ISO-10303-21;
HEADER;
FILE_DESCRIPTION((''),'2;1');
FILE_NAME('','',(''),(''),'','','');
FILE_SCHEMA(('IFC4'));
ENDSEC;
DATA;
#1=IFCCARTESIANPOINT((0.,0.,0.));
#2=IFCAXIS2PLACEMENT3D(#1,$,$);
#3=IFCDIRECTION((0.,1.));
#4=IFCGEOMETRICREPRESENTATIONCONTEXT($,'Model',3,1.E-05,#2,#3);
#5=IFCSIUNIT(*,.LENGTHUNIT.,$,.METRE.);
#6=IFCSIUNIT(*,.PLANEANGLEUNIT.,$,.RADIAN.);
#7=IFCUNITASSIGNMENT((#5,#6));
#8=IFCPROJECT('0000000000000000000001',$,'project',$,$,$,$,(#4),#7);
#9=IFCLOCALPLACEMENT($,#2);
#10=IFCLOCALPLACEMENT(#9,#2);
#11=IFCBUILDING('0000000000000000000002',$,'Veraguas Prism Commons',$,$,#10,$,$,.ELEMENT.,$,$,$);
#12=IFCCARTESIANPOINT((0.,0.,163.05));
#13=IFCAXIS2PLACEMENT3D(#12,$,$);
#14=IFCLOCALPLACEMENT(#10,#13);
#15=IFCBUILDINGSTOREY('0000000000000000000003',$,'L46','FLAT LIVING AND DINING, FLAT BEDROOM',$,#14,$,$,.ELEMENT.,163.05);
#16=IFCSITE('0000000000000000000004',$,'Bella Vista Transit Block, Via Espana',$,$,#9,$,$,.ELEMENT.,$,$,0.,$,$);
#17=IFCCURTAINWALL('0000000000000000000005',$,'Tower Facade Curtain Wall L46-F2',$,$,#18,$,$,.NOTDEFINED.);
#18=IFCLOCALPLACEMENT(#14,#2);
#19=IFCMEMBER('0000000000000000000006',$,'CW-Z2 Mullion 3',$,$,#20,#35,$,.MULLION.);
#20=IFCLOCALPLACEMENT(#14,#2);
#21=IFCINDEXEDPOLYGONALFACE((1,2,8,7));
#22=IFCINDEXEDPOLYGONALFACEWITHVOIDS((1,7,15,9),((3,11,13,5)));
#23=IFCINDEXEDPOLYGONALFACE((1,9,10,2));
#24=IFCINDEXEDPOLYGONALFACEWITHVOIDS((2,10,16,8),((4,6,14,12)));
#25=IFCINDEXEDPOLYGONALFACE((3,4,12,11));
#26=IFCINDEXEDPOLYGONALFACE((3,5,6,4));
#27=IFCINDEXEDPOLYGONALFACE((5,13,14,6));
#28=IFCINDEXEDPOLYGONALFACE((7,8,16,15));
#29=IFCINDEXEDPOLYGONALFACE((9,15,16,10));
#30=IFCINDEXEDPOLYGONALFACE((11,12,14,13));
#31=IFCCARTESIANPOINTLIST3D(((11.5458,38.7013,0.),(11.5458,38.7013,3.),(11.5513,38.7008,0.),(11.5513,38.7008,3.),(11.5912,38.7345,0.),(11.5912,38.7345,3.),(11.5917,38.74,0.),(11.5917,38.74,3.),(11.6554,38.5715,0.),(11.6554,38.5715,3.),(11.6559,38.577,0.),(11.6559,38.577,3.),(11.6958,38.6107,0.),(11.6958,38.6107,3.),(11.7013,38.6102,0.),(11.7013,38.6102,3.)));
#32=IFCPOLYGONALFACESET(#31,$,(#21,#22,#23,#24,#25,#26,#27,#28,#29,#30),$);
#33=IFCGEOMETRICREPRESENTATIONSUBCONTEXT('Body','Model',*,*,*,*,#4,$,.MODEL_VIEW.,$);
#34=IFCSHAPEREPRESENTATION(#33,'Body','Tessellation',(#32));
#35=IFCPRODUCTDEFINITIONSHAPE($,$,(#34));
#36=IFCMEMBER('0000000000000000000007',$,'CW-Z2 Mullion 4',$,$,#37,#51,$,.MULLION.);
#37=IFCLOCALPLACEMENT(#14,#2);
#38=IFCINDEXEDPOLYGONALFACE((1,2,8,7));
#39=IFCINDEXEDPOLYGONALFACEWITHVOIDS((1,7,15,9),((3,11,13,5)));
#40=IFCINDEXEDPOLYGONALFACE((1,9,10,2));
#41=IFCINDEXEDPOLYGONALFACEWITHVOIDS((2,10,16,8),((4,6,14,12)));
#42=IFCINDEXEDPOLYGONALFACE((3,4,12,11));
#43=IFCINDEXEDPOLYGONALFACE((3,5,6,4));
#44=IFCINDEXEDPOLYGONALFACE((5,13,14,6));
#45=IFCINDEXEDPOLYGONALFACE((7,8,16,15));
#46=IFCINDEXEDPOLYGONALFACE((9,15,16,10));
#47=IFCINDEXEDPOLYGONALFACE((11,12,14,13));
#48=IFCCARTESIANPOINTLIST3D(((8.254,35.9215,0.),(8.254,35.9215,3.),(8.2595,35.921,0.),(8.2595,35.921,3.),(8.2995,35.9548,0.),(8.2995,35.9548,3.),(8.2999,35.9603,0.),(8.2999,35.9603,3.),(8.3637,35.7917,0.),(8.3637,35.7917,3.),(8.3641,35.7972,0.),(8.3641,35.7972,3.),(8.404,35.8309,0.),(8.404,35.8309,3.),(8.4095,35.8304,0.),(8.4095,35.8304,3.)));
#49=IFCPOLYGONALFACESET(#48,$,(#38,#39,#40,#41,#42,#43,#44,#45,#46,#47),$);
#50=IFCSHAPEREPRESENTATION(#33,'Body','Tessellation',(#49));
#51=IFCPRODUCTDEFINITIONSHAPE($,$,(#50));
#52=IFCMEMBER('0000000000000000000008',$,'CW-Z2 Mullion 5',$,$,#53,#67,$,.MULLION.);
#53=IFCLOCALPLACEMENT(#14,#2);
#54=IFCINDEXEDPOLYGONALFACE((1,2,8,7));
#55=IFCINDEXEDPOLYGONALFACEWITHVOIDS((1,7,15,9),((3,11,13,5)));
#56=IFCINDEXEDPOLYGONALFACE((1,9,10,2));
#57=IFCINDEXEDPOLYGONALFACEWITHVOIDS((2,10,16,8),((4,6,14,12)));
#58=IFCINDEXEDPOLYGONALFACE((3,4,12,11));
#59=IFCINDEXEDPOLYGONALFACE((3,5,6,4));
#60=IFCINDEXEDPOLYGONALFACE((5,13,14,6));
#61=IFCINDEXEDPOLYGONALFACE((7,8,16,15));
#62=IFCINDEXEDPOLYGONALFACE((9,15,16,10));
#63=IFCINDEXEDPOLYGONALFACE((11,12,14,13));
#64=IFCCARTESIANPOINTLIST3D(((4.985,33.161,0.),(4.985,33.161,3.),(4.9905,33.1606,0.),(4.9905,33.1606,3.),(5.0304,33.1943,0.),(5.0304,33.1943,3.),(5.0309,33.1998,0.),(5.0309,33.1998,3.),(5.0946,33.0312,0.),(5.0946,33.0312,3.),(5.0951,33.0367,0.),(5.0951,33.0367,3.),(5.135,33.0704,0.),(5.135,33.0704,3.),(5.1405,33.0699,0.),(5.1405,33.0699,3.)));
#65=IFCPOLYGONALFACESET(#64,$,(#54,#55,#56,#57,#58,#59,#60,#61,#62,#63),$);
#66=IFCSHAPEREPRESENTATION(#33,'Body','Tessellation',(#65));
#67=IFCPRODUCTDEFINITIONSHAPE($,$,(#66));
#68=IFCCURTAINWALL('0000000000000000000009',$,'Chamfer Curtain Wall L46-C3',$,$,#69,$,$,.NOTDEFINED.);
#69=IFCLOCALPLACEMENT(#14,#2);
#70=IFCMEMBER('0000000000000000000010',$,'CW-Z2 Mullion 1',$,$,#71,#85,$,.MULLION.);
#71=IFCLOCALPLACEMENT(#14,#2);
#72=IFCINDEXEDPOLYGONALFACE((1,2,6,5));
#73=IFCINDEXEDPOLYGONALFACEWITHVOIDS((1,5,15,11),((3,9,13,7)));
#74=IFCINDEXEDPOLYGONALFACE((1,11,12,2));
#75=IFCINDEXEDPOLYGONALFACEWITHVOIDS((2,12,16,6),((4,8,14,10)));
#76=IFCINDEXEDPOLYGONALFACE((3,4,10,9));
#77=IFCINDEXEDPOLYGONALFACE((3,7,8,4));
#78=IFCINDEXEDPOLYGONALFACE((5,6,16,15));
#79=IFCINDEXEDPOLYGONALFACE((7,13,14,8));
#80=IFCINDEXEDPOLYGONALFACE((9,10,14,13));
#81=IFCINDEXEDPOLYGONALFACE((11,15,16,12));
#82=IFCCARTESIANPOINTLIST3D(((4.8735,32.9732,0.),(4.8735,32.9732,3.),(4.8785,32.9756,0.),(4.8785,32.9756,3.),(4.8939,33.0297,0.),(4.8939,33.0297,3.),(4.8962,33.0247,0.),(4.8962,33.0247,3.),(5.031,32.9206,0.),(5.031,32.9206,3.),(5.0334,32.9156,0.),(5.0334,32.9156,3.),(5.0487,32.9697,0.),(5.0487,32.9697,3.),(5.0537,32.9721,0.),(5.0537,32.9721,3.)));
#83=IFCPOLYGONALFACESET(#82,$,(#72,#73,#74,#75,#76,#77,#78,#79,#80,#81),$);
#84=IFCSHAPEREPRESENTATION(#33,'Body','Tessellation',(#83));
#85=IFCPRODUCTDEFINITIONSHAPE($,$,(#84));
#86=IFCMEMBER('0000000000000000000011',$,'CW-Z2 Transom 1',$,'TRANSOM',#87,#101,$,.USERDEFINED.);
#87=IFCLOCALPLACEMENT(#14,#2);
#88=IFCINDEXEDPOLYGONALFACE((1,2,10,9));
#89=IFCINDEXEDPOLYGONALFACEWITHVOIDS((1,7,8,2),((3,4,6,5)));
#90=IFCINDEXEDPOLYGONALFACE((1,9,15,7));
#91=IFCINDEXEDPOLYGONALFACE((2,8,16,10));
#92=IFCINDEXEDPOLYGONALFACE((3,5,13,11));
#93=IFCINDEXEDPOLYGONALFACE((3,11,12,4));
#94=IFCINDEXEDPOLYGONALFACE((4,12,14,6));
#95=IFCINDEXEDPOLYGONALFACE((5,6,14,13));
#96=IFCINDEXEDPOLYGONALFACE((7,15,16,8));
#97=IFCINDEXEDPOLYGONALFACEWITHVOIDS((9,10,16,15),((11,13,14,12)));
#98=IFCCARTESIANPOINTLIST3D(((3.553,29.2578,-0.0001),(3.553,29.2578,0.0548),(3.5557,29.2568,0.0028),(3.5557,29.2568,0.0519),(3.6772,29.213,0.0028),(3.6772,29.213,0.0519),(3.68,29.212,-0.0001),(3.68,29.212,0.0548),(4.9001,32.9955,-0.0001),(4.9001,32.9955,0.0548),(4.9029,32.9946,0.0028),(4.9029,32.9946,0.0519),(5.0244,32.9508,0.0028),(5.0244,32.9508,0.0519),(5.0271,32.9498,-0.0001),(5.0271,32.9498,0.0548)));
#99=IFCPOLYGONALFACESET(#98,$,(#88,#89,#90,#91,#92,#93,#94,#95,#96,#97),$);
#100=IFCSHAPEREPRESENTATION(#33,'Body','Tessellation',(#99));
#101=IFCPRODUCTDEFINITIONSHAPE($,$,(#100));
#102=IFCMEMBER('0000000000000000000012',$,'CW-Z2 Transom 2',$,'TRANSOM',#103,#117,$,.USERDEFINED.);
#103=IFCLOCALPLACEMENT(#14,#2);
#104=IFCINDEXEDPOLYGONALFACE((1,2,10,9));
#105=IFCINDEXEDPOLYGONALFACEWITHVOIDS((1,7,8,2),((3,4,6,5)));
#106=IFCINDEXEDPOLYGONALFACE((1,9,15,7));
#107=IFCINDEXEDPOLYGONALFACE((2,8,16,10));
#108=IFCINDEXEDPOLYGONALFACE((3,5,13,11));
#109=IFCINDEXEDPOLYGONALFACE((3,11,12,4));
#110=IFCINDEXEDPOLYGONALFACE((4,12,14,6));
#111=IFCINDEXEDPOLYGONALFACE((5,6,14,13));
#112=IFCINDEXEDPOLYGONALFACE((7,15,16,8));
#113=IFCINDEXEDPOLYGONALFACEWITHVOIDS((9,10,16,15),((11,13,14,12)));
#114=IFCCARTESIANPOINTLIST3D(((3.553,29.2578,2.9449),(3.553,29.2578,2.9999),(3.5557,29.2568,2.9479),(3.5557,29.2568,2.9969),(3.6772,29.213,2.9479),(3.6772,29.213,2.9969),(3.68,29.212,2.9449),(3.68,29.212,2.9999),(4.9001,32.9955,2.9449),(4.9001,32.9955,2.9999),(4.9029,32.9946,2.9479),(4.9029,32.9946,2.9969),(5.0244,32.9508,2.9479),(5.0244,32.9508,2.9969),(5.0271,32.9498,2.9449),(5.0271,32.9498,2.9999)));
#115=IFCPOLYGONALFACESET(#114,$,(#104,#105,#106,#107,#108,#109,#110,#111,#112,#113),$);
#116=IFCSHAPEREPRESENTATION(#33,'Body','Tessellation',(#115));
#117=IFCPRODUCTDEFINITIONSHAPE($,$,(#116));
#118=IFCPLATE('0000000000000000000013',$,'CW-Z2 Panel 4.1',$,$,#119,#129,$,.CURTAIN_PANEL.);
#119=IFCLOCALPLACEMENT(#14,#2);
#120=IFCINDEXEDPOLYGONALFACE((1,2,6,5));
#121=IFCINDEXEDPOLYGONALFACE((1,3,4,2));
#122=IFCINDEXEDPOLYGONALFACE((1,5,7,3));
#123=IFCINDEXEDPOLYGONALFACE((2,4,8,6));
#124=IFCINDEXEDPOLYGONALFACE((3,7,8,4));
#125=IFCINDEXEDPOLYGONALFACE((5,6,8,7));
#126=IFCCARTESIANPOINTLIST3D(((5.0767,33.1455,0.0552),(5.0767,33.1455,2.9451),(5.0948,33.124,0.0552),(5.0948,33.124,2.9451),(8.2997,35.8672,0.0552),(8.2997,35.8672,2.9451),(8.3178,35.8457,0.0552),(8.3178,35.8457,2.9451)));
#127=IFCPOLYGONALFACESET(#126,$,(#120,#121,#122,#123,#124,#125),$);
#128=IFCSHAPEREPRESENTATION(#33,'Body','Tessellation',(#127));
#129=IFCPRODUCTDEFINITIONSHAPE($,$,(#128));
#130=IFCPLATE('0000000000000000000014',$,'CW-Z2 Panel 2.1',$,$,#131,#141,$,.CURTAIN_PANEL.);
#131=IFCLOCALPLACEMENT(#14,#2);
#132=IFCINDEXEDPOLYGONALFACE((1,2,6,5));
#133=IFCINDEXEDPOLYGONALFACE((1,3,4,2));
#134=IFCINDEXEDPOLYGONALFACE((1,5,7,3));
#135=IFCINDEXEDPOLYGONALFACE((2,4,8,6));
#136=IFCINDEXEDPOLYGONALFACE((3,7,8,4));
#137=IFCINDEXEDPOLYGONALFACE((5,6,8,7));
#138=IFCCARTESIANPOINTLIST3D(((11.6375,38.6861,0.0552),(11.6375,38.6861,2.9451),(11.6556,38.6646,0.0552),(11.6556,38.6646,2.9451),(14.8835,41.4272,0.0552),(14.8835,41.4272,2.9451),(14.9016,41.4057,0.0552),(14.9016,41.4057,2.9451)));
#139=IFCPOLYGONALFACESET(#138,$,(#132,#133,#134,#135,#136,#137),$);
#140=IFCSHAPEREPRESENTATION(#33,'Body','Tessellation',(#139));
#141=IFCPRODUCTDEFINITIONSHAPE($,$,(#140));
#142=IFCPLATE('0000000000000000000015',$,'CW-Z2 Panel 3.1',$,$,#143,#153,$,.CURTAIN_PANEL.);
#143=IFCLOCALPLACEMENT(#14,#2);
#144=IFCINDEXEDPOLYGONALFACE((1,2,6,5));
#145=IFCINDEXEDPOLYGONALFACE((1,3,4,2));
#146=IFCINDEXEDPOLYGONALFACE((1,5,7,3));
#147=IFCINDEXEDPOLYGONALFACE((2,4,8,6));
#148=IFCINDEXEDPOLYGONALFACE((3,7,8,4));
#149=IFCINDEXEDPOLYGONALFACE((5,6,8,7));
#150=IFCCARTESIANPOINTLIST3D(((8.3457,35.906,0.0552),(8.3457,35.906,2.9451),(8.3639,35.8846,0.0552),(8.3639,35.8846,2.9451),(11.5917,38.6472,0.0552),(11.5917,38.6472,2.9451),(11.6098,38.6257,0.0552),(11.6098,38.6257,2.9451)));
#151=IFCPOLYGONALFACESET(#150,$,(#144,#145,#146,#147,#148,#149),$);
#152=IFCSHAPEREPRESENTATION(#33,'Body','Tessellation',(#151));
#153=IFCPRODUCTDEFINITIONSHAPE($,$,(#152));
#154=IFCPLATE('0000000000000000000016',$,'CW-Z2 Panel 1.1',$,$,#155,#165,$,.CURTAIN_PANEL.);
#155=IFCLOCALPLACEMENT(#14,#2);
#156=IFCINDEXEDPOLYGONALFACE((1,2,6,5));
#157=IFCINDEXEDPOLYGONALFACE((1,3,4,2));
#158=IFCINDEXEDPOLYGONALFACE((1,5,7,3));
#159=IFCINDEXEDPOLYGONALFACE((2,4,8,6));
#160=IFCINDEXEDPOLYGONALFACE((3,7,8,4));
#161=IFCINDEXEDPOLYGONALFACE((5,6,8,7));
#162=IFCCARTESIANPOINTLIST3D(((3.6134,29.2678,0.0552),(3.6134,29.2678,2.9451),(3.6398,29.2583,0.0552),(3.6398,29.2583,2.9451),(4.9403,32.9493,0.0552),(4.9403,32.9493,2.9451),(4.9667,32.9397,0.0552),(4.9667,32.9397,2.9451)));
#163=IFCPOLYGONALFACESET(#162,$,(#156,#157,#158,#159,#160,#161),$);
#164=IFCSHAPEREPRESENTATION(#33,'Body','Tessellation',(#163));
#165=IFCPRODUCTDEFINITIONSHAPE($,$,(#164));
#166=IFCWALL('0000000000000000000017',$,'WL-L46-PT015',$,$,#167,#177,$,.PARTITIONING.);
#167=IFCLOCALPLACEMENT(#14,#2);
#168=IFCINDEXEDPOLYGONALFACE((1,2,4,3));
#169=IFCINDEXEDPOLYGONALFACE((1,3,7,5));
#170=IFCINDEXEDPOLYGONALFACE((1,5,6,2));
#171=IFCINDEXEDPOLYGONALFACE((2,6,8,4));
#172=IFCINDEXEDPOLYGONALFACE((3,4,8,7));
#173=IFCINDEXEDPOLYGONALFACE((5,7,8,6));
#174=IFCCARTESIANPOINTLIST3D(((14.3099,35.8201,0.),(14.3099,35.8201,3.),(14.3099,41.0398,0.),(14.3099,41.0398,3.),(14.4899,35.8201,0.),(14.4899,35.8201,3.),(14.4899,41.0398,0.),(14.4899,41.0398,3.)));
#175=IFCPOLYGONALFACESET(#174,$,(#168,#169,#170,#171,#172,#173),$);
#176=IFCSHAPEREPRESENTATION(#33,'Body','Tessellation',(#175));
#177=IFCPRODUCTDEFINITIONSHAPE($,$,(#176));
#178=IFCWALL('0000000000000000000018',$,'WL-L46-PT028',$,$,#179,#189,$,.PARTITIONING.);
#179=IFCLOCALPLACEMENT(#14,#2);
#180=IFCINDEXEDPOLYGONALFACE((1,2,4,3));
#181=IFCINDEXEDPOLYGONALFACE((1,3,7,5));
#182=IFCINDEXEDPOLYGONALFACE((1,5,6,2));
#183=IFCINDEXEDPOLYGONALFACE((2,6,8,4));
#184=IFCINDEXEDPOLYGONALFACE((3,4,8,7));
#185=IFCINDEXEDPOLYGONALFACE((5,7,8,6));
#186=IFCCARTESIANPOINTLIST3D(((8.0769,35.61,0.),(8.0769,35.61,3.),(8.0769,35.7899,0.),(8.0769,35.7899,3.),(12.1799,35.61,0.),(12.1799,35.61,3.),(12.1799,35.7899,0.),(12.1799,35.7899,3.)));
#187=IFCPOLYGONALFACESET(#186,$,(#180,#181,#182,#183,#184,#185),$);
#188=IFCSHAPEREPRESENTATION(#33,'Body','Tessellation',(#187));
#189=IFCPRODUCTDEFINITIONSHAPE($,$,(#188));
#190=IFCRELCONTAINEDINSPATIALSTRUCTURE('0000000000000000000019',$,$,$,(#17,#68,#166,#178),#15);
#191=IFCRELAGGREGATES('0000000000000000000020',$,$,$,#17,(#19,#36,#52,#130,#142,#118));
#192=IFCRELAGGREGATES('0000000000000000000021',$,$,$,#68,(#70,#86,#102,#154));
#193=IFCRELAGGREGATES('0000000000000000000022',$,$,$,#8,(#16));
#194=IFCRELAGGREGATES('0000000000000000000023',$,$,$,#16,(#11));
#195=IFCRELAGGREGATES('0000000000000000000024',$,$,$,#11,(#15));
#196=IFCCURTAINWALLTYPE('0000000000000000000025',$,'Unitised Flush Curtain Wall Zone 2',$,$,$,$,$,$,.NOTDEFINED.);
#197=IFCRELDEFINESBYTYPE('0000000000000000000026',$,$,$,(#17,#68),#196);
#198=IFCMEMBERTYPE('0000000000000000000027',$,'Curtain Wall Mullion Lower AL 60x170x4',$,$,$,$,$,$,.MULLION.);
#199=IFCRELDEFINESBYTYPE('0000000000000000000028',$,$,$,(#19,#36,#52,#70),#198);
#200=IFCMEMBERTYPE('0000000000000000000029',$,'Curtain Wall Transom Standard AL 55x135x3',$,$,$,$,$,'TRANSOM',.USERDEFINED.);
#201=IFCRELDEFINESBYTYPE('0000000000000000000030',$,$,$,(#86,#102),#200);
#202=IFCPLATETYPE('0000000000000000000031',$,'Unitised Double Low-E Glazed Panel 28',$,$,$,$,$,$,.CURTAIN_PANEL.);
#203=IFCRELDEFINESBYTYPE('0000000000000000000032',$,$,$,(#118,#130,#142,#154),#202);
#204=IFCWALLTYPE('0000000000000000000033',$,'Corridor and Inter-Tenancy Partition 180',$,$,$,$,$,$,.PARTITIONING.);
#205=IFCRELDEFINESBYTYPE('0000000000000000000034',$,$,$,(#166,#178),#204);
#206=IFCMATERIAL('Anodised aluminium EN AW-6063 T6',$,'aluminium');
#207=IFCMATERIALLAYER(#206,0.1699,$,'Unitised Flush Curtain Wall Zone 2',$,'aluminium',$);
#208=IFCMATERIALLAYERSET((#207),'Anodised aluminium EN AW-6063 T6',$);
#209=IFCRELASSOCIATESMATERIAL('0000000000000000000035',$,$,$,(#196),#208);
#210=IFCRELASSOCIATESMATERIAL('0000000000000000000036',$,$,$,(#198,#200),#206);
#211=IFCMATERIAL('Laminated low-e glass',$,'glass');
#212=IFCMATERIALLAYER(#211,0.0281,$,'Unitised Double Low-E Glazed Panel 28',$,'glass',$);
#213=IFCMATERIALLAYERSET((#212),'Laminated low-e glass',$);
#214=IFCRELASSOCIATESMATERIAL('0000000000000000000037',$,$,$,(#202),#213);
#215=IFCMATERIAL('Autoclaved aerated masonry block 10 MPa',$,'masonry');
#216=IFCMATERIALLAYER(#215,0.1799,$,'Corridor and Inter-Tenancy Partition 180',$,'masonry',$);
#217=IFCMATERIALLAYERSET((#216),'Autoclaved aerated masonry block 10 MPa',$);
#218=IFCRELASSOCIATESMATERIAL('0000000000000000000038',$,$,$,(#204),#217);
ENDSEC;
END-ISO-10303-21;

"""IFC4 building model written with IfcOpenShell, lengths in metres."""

from ifc_helpers import new_model, si_unit, direction, frame, frame_2d, origin, origin_2d, place, context, subcontext, project, spatial, rectangle, hollow_rectangle, extrude, source, transform, mapped, material, layer, layer_set, material_profile, profile_set, type_object, element, aggregate, save


model = new_model("IFC4")

# Units and contexts
model_context = context("Model", 3, precision=1e-05, world=origin(), true_north=direction((0.0, 1.0)))
body_context = subcontext(model_context, "Body", "Model", "MODEL_VIEW")
ifc_project = project(units=[si_unit("LENGTHUNIT", "METRE"), si_unit("PLANEANGLEUNIT", "RADIAN")], contexts=[model_context])

# Site, building, storey
site_placement = place(None, origin())
site = spatial("IfcSite", under=ifc_project, at=site_placement, Name="Bella Vista Transit Block, Via Espana", CompositionType="ELEMENT", RefElevation=0.0)
building_placement = place(site_placement, origin())
building = spatial("IfcBuilding", under=site, at=building_placement, Name="Veraguas Prism Commons", CompositionType="ELEMENT")
storey_placement = place(building_placement, frame((0.0, 0.0, 163.05)))
storey = spatial("IfcBuildingStorey", under=building, at=storey_placement, Name="L46", Description="FLAT LIVING AND DINING, FLAT BEDROOM", CompositionType="ELEMENT", Elevation=163.05)

# Curtain walls, members
ifc_material_1 = material(Name="Anodised aluminium EN AW-6063 T6", Category="aluminium")
ifc_layer_1 = layer(ifc_material_1, 0.1699, Name="Unitised Flush Curtain Wall Zone 2", Category="aluminium")
ifc_layer_set_1 = layer_set([ifc_layer_1], Name="Anodised aluminium EN AW-6063 T6")
curtain_wall_type = type_object("IfcCurtainWallType", Name="Unitised Flush Curtain Wall Zone 2", PredefinedType="NOTDEFINED", material=ifc_layer_set_1)
curtain_wall_1_placement = place(storey_placement, origin())
curtain_wall_1 = element("IfcCurtainWall", 1, at=curtain_wall_1_placement, inside=storey, type_object=curtain_wall_type, Name="Tower Facade Curtain Wall L46-F2", PredefinedType="NOTDEFINED")
ifc_material_profile_1 = material_profile(ifc_material_1, hollow_rectangle(XDim=0.0601, YDim=0.1699, WallThickness=0.0039, at=origin_2d()), Name="AL60X170X4")
ifc_profile_set_1 = profile_set([ifc_material_profile_1], Name="Anodised aluminium EN AW-6063 T6")
member_type_1 = type_object("IfcMemberType", Name="Curtain Wall Mullion Lower AL 60x170x4", PredefinedType="MULLION", material=ifc_profile_set_1)
shared_shape_1 = source(origin(), body_context, "Body", "SweptSolid", [
    extrude(hollow_rectangle(XDim=0.0601, YDim=0.1699, WallThickness=0.0039, at=origin_2d()), origin(), (0.0, 0.0, 1.0), 3.0),
])
member_1_placement = place(storey_placement, frame((11.6235, 38.6558, 0.0), z_axis=(0.0, 0.0, 1.0), x_axis=(-0.764022, -0.64519, 0.0)))
member_1 = element("IfcMember", 2, at=member_1_placement, type_object=member_type_1, Name="CW-Z2 Mullion 3", PredefinedType="MULLION", context=body_context, shape_type="MappedRepresentation", body=[
    mapped(shared_shape_1, transform((0.0, 0.0, 0.0), scale=1.0)),
])
member_2_placement = place(storey_placement, frame((8.3318, 35.876, 0.0), z_axis=(0.0, 0.0, 1.0), x_axis=(-0.764022, -0.64519, 0.0)))
member_2 = element("IfcMember", 3, at=member_2_placement, type_object=member_type_1, Name="CW-Z2 Mullion 4", PredefinedType="MULLION", context=body_context, shape_type="MappedRepresentation", body=[
    mapped(shared_shape_1, transform((0.0, 0.0, 0.0), scale=1.0)),
])
member_3_placement = place(storey_placement, frame((5.0627, 33.1155, 0.0), z_axis=(0.0, 0.0, 1.0), x_axis=(-0.764022, -0.64519, 0.0)))
member_3 = element("IfcMember", 4, at=member_3_placement, type_object=member_type_1, Name="CW-Z2 Mullion 5", PredefinedType="MULLION", context=body_context, shape_type="MappedRepresentation", body=[
    mapped(shared_shape_1, transform((0.0, 0.0, 0.0), scale=1.0)),
])
curtain_wall_2_placement = place(storey_placement, origin())
curtain_wall_2 = element("IfcCurtainWall", 5, at=curtain_wall_2_placement, inside=storey, type_object=curtain_wall_type, Name="Chamfer Curtain Wall L46-C3", PredefinedType="NOTDEFINED")
member_4_placement = place(storey_placement, frame((4.9636, 32.9727, 0.0), z_axis=(0.0, 0.0, 1.0), x_axis=(-0.339083, -0.940757, 0.0)))
member_4 = element("IfcMember", 6, at=member_4_placement, type_object=member_type_1, Name="CW-Z2 Mullion 1", PredefinedType="MULLION", context=body_context, shape_type="MappedRepresentation", body=[
    mapped(shared_shape_1, transform((0.0, 0.0, 0.0), scale=1.0)),
])
ifc_material_profile_2 = material_profile(ifc_material_1, hollow_rectangle(XDim=0.0549, YDim=0.135, WallThickness=0.0029, at=origin_2d()), Name="AL55X135X3")
ifc_profile_set_2 = profile_set([ifc_material_profile_2], Name="Anodised aluminium EN AW-6063 T6")
member_type_2 = type_object("IfcMemberType", Name="Curtain Wall Transom Standard AL 55x135x3", ElementType="TRANSOM", PredefinedType="USERDEFINED", material=ifc_profile_set_2)
shared_shape_2 = source(origin(), body_context, "Body", "SweptSolid", [
    extrude(hollow_rectangle(XDim=0.0549, YDim=0.135, WallThickness=0.0029, at=origin_2d()), origin(), (0.0, 0.0, 1.0), 3.9731),
])
member_5_placement = place(storey_placement, frame((4.9636, 32.9727, 0.0273), z_axis=(-0.339068, -0.940762, 0.0), x_axis=(0.0, 0.0, 1.0)))
member_5 = element("IfcMember", 7, at=member_5_placement, type_object=member_type_2, Name="CW-Z2 Transom 1", ObjectType="TRANSOM", PredefinedType="USERDEFINED", context=body_context, shape_type="MappedRepresentation", body=[
    mapped(shared_shape_2, transform((0.0, 0.0, 0.0), scale=1.0)),
])
member_6_placement = place(storey_placement, frame((4.9636, 32.9727, 2.9724), z_axis=(-0.339068, -0.940762, 0.0), x_axis=(0.0, 0.0, 1.0)))
member_6 = element("IfcMember", 8, at=member_6_placement, type_object=member_type_2, Name="CW-Z2 Transom 2", ObjectType="TRANSOM", PredefinedType="USERDEFINED", context=body_context, shape_type="MappedRepresentation", body=[
    mapped(shared_shape_2, transform((0.0, 0.0, 0.0), scale=1.0)),
])

# Plates
ifc_material_2 = material(Name="Laminated low-e glass", Category="glass")
ifc_layer_2 = layer(ifc_material_2, 0.0281, Name="Unitised Double Low-E Glazed Panel 28", Category="glass")
ifc_layer_set_2 = layer_set([ifc_layer_2], Name="Laminated low-e glass")
plate_type = type_object("IfcPlateType", Name="Unitised Double Low-E Glazed Panel 28", PredefinedType="CURTAIN_PANEL", material=ifc_layer_set_2)
shared_shape_3 = source(origin(), body_context, "Body", "SweptSolid", [
    extrude(rectangle(XDim=4.2185, YDim=0.0281, at=origin_2d()), origin(), (0.0, 0.0, 1.0), 2.8899),
])
plate_1_placement = place(storey_placement, frame((6.6973, 34.4956, 0.0552), z_axis=(0.0, 0.0, 1.0), x_axis=(-0.764022, -0.64519, 0.0)))
plate_1 = element("IfcPlate", 9, at=plate_1_placement, type_object=plate_type, Name="CW-Z2 Panel 4.1", PredefinedType="CURTAIN_PANEL", context=body_context, shape_type="MappedRepresentation", body=[
    mapped(shared_shape_3, transform((0.0, 0.0, 0.0), scale=1.0)),
])
shared_shape_4 = source(origin(), body_context, "Body", "SweptSolid", [
    extrude(rectangle(XDim=4.2485, YDim=0.0281, at=origin_2d()), origin(), (0.0, 0.0, 1.0), 2.8899),
])
plate_2_placement = place(storey_placement, frame((13.2695, 40.0459, 0.0552), z_axis=(0.0, 0.0, 1.0), x_axis=(-0.764022, -0.64519, 0.0)))
plate_2 = element("IfcPlate", 10, at=plate_2_placement, type_object=plate_type, Name="CW-Z2 Panel 2.1", PredefinedType="CURTAIN_PANEL", context=body_context, shape_type="MappedRepresentation", body=[
    mapped(shared_shape_4, transform((0.0, 0.0, 0.0), scale=1.0)),
])
plate_3_placement = place(storey_placement, frame((9.9778, 37.2659, 0.0552), z_axis=(0.0, 0.0, 1.0), x_axis=(-0.764022, -0.64519, 0.0)))
plate_3 = element("IfcPlate", 11, at=plate_3_placement, type_object=plate_type, Name="CW-Z2 Panel 3.1", PredefinedType="CURTAIN_PANEL", context=body_context, shape_type="MappedRepresentation", body=[
    mapped(shared_shape_4, transform((0.0, 0.0, 0.0), scale=1.0)),
])
aggregate(curtain_wall_1, [member_1, member_2, member_3, plate_2, plate_3, plate_1])
shared_shape_5 = source(origin(), body_context, "Body", "SweptSolid", [
    extrude(rectangle(XDim=3.9133, YDim=0.0281, at=origin_2d()), origin(), (0.0, 0.0, 1.0), 2.8899),
])
plate_4_placement = place(storey_placement, frame((4.29, 31.1038, 0.0552), z_axis=(0.0, 0.0, 1.0), x_axis=(-0.339083, -0.940757, 0.0)))
plate_4 = element("IfcPlate", 12, at=plate_4_placement, type_object=plate_type, Name="CW-Z2 Panel 1.1", PredefinedType="CURTAIN_PANEL", context=body_context, shape_type="MappedRepresentation", body=[
    mapped(shared_shape_5, transform((0.0, 0.0, 0.0), scale=1.0)),
])
aggregate(curtain_wall_2, [member_4, member_5, member_6, plate_4])

# Walls
ifc_material_3 = material(Name="Autoclaved aerated masonry block 10 MPa", Category="masonry")
ifc_layer_3 = layer(ifc_material_3, 0.1799, Name="Corridor and Inter-Tenancy Partition 180", Category="masonry")
ifc_layer_set_3 = layer_set([ifc_layer_3], Name="Autoclaved aerated masonry block 10 MPa")
wall_type_1 = type_object("IfcWallType", Name="Corridor and Inter-Tenancy Partition 180", PredefinedType="PARTITIONING", material=ifc_layer_set_3)
wall_1_placement = place(storey_placement, frame((14.3999, 35.8201, 0.0), z_axis=(0.0, 0.0, 1.0), x_axis=(0.0, 1.0, 0.0)))
element("IfcWall", 13, at=wall_1_placement, inside=storey, type_object=wall_type_1, Name="WL-L46-PT015", PredefinedType="PARTITIONING", context=body_context, shape_type="SweptSolid", body=[
    extrude(rectangle(XDim=5.2197, YDim=0.1799, at=frame_2d((2.6099, 0.0))), origin(), (0.0, 0.0, 1.0), 3.0),
])
wall_2_placement = place(storey_placement, frame((12.1799, 35.7, 0.0), z_axis=(0.0, 0.0, 1.0), x_axis=(-1.0, 0.0, 0.0)))
element("IfcWall", 14, at=wall_2_placement, inside=storey, type_object=wall_type_1, Name="WL-L46-PT028", PredefinedType="PARTITIONING", context=body_context, shape_type="SweptSolid", body=[
    extrude(rectangle(XDim=4.103, YDim=0.1799, at=frame_2d((2.0515, 0.0))), origin(), (0.0, 0.0, 1.0), 3.0),
])

save(model, "model.ifc")
